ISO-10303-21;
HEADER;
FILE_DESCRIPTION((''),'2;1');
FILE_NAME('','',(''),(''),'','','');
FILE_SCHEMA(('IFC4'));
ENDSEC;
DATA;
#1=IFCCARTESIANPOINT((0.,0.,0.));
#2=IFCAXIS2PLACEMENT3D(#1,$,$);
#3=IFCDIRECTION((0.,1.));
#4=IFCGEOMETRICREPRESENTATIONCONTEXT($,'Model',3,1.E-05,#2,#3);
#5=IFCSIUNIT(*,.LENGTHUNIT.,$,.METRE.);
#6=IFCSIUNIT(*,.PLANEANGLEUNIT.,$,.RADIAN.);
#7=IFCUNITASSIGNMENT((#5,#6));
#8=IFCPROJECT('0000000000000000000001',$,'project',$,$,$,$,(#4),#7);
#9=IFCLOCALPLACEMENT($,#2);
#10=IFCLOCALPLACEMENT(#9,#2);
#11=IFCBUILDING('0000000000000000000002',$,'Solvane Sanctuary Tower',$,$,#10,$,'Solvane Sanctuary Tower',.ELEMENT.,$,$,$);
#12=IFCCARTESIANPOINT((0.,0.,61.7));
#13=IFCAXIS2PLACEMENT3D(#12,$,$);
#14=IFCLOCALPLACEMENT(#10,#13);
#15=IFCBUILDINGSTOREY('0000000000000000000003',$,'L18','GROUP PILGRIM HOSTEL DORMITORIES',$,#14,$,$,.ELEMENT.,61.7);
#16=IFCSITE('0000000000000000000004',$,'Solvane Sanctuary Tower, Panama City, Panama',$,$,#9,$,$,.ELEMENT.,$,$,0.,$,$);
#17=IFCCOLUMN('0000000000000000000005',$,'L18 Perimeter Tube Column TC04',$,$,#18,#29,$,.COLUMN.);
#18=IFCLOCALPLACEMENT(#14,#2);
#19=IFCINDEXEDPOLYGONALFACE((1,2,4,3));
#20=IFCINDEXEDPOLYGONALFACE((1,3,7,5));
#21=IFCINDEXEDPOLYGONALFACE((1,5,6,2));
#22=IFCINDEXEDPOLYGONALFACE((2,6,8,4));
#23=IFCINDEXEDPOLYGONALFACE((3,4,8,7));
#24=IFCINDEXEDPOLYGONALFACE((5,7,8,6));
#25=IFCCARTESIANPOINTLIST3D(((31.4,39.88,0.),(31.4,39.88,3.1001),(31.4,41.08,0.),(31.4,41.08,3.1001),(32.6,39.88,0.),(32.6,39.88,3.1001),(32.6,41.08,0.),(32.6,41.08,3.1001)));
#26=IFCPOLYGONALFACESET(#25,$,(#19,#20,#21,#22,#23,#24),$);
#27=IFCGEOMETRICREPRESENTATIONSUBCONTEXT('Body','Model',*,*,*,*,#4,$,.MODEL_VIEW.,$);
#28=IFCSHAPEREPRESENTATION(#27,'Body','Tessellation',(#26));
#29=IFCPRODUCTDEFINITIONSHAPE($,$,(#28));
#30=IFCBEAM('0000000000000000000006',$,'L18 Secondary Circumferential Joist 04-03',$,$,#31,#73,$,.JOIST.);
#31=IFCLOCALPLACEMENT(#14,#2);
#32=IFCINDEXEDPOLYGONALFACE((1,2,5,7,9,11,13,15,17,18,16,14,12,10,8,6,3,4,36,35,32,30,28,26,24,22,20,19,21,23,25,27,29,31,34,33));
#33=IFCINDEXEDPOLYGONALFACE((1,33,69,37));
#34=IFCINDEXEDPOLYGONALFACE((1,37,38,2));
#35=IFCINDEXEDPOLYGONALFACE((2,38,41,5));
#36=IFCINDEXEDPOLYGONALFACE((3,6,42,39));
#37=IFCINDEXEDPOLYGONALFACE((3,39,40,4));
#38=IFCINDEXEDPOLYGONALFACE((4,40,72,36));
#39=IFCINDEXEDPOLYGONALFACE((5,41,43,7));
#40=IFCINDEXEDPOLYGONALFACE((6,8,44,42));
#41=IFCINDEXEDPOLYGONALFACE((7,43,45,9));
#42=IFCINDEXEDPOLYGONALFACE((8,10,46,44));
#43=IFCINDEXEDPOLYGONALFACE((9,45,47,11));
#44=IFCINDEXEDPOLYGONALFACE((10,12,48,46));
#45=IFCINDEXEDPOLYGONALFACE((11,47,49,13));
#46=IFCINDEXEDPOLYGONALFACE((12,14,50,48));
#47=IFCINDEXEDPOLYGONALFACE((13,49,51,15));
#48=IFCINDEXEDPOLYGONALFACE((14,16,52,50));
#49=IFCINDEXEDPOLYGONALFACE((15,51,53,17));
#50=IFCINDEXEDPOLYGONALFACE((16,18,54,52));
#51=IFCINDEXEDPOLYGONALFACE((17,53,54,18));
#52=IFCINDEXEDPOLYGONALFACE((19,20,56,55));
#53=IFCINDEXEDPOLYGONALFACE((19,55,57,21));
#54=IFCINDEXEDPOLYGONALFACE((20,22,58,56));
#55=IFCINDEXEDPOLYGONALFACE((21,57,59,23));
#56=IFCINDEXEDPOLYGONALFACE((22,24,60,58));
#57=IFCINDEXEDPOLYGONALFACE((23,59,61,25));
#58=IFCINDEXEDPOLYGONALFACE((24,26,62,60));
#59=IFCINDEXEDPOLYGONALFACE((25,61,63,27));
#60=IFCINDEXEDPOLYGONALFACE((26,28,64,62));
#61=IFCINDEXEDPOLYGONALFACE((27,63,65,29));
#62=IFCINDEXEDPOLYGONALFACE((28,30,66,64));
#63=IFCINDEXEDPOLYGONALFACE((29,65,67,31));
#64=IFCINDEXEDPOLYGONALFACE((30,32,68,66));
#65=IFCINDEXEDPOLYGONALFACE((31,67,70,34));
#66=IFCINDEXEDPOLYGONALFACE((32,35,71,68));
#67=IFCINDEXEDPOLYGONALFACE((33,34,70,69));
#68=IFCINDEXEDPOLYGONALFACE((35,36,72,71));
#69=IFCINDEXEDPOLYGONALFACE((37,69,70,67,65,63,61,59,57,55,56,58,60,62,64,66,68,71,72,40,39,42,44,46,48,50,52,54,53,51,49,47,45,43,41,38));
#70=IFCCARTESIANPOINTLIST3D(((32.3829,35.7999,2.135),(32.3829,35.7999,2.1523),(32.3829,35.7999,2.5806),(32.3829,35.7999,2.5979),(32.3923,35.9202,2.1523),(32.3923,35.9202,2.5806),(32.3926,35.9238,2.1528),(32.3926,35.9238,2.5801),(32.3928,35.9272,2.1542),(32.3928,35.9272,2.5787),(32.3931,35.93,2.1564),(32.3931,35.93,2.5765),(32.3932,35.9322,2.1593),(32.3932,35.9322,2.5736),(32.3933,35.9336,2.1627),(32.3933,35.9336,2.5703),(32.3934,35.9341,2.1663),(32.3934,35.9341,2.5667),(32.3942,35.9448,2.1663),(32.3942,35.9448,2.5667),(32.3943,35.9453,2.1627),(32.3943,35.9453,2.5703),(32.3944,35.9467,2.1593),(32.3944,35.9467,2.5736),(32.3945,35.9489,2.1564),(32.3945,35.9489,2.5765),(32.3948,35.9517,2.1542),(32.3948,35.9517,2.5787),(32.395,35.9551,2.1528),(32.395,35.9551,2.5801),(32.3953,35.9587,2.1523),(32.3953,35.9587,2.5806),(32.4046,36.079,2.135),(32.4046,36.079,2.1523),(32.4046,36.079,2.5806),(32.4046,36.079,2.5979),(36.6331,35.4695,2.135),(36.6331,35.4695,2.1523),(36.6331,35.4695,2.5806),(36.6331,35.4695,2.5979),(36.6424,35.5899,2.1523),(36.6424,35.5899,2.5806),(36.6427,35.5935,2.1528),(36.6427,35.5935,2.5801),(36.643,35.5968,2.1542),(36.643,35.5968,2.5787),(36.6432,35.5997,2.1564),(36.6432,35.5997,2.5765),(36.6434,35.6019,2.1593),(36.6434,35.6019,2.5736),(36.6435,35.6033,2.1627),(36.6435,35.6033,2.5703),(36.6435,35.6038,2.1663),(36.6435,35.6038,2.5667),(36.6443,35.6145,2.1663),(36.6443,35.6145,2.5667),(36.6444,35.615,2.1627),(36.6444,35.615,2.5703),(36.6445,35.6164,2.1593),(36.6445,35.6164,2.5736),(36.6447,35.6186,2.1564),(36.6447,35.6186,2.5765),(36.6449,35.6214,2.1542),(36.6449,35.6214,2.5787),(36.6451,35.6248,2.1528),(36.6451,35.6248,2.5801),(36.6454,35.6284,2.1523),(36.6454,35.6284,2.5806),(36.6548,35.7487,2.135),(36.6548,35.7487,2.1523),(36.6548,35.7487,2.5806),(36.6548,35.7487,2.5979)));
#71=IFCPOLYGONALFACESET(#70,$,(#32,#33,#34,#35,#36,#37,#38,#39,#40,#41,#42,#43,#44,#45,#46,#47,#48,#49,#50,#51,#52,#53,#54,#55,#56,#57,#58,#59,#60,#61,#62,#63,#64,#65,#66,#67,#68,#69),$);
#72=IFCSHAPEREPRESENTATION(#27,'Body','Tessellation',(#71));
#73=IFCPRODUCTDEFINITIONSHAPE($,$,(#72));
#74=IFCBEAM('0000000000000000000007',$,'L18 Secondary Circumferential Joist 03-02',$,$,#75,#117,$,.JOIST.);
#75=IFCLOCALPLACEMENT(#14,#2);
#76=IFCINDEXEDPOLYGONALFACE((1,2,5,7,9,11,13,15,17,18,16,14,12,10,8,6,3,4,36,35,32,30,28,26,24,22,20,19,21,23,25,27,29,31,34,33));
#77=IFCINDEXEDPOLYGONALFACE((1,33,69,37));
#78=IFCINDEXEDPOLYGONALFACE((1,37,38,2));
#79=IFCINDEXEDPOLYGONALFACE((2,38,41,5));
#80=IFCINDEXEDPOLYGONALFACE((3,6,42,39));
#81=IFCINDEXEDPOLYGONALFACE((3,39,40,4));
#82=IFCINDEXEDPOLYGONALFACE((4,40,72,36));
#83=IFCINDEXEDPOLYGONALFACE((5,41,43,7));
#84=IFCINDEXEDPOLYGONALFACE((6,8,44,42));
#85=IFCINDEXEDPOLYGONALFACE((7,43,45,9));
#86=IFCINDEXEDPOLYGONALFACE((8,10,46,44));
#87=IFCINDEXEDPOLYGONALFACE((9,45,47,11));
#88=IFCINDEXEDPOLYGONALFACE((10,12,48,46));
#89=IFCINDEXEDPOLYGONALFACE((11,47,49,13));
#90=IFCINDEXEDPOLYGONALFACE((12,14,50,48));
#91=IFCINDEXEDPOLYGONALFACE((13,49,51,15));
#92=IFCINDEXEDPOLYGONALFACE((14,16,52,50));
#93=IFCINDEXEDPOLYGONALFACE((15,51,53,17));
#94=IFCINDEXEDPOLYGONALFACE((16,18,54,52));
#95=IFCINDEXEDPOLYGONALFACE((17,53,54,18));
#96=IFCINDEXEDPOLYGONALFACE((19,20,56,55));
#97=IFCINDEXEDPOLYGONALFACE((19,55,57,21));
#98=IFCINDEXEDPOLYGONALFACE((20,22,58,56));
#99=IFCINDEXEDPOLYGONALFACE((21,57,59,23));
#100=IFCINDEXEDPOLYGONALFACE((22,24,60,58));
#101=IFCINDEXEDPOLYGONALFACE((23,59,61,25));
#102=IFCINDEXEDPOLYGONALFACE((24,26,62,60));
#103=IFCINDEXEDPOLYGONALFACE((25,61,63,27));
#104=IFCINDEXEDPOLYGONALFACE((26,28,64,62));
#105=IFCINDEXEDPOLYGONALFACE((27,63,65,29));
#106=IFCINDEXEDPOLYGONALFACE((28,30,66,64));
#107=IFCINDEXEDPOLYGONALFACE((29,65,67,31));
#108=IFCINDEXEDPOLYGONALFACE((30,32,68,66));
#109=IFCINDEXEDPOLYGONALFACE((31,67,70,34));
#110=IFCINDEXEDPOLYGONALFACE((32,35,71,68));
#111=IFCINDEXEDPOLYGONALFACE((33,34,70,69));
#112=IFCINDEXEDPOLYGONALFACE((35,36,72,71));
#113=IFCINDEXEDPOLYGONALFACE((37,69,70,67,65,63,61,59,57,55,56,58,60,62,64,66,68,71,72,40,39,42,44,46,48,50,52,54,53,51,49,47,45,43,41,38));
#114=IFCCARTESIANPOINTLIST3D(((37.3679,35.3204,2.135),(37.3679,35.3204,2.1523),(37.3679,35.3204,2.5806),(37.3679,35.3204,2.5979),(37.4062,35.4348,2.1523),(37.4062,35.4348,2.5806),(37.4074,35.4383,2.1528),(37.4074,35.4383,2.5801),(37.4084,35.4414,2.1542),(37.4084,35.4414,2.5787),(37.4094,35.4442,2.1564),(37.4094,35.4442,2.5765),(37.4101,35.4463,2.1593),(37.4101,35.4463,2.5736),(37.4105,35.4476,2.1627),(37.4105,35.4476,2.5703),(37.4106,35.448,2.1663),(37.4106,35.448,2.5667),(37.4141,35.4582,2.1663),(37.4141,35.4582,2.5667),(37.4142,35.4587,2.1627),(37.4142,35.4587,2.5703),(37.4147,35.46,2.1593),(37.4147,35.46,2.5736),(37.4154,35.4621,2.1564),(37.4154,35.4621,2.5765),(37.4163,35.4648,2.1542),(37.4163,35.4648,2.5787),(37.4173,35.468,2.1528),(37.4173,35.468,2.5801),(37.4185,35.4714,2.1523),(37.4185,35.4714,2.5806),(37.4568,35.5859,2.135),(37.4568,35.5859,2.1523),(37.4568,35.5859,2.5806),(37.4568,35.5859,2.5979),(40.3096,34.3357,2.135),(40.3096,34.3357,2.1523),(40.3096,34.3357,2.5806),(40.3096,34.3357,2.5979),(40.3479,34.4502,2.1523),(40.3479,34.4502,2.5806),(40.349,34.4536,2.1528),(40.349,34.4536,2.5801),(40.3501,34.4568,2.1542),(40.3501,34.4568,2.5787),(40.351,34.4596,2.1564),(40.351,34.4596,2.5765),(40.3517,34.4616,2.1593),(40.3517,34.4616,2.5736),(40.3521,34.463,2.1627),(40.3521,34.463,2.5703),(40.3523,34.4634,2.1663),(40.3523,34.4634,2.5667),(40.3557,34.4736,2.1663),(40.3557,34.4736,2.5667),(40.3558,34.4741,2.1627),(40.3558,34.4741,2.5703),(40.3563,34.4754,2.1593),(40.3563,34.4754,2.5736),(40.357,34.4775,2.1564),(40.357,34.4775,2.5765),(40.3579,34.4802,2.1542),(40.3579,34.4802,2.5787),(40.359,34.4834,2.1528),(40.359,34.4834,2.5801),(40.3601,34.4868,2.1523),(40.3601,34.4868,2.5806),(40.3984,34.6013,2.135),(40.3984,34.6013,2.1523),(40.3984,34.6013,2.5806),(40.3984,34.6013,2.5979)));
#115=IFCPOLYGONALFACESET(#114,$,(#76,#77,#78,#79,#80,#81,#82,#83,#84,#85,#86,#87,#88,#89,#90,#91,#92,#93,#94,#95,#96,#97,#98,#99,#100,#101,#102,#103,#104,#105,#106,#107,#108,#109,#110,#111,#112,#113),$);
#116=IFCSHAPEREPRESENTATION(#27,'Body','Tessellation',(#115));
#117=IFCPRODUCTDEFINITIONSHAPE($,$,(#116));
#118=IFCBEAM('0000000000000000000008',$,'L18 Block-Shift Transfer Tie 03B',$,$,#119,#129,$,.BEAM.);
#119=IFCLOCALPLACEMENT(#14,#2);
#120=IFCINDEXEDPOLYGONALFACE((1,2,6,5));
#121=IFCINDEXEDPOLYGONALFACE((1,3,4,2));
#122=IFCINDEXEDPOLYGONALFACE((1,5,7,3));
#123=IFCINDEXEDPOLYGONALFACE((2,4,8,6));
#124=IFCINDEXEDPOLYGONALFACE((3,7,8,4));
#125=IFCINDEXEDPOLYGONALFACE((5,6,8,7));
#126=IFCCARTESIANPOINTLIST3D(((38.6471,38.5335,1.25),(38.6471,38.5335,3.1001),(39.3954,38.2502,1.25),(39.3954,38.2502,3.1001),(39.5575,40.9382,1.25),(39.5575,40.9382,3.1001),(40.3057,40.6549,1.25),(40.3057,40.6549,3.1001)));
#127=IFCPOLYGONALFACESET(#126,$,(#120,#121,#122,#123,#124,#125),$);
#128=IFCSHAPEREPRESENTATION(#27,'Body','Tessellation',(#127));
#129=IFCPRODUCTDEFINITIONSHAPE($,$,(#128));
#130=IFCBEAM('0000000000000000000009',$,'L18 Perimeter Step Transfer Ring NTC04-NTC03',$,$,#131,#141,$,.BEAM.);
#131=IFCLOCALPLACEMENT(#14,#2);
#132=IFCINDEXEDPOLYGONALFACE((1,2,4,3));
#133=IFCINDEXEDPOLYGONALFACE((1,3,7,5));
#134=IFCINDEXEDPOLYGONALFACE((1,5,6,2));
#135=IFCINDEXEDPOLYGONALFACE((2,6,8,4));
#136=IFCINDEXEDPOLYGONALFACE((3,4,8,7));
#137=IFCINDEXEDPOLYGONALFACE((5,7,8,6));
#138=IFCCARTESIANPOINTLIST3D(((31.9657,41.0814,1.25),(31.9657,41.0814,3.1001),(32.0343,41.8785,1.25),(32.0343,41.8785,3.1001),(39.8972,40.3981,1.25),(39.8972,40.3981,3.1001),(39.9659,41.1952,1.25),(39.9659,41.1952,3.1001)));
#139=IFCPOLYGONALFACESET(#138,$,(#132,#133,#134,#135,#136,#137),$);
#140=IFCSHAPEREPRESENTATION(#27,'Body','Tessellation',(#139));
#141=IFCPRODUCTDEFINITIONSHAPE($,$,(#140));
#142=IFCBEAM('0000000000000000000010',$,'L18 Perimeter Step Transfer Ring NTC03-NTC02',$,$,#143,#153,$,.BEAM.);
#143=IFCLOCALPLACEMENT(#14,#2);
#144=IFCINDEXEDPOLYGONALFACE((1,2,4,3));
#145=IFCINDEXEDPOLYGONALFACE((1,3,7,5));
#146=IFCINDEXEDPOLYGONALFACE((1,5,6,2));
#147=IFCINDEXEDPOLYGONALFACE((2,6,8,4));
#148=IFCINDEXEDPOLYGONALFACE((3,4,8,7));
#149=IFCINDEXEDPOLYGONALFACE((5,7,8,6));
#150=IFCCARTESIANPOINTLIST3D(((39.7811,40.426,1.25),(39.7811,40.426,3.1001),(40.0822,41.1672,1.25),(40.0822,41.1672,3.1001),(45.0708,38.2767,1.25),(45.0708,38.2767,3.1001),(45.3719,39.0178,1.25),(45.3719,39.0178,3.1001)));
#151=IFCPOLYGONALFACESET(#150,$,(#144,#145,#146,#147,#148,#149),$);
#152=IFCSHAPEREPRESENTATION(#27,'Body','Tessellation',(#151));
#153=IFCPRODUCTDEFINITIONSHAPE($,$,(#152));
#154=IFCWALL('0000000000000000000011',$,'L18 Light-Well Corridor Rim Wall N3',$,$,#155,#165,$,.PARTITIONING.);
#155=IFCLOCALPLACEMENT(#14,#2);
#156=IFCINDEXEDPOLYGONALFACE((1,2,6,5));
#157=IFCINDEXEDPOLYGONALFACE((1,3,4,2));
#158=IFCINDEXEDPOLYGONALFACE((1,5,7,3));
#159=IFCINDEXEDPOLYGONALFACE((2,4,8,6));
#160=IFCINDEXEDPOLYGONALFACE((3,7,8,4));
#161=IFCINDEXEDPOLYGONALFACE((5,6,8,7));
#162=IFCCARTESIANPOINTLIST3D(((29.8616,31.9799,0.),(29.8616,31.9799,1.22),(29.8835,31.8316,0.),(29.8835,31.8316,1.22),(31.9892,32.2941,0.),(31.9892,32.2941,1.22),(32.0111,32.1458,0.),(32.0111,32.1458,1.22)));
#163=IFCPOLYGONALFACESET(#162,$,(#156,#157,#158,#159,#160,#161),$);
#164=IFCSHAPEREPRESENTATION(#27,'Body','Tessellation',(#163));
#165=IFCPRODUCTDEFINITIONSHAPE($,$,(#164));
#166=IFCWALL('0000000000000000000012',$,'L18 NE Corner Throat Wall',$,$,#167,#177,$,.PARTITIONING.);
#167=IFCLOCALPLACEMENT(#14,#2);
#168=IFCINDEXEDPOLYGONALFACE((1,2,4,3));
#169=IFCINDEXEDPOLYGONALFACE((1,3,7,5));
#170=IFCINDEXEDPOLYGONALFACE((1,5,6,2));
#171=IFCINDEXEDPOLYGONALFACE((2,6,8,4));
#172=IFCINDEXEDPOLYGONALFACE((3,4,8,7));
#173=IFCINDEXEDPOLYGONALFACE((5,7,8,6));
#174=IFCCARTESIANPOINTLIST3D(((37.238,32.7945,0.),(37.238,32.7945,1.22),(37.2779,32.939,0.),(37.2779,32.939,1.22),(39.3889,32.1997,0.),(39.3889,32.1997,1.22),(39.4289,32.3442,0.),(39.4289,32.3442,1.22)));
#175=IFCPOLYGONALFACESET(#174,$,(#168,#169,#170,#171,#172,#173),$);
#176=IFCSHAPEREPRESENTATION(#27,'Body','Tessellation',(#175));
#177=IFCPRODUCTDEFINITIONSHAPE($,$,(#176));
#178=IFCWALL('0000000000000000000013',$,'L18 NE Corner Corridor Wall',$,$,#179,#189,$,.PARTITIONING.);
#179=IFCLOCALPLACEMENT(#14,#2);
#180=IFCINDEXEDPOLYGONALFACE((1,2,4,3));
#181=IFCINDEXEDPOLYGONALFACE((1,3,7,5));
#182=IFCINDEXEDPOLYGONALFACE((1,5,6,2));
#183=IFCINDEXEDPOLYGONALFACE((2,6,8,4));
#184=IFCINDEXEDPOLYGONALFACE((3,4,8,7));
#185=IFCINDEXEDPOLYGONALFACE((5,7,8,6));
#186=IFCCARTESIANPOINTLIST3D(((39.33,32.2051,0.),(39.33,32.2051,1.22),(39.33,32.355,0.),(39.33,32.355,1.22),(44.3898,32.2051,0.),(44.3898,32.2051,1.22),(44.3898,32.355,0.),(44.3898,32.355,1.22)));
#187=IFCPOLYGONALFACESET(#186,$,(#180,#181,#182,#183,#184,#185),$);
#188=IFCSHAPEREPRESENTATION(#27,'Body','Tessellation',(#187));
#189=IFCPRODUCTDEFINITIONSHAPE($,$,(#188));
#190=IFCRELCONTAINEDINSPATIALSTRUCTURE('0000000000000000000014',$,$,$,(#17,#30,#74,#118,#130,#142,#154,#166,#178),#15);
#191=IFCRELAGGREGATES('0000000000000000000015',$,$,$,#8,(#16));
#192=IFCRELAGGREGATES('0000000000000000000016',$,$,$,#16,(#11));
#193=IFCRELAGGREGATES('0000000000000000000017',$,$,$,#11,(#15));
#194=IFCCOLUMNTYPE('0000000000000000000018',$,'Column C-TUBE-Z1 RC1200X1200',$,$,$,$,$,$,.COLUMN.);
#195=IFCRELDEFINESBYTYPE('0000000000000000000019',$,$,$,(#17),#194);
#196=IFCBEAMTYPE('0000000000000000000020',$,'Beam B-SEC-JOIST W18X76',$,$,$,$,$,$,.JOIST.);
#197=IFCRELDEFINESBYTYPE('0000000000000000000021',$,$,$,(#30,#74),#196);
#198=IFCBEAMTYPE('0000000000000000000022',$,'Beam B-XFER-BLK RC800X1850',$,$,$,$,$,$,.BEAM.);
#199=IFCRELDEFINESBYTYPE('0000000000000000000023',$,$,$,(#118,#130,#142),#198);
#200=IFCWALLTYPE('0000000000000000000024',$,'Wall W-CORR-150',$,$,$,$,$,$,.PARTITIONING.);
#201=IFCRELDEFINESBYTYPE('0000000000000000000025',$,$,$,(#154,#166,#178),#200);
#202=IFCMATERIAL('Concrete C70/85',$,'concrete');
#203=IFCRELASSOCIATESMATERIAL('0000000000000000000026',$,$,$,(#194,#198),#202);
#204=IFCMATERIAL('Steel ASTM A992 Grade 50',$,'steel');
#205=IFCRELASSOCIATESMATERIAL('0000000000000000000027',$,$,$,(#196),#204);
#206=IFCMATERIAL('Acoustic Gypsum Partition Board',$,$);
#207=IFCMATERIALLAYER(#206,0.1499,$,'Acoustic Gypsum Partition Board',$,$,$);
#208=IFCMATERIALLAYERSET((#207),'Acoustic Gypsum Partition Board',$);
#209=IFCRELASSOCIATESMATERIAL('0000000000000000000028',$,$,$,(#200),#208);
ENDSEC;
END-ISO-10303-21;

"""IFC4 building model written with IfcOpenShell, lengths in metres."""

from ifc_helpers import new_model, si_unit, direction, frame, frame_2d, origin, origin_2d, place, context, subcontext, project, spatial, rectangle, i_section, extrude, material, layer, layer_set, material_profile, profile_set, type_object, element, save


model = new_model("IFC4")

# Units and contexts
model_context = context("Model", 3, precision=1e-05, world=origin(), true_north=direction((0.0, 1.0)))
body_context = subcontext(model_context, "Body", "Model", "MODEL_VIEW")
ifc_project = project(units=[si_unit("LENGTHUNIT", "METRE"), si_unit("PLANEANGLEUNIT", "RADIAN")], contexts=[model_context])

# Site, building, storey
site_placement = place(None, origin())
site = spatial("IfcSite", under=ifc_project, at=site_placement, Name="Solvane Sanctuary Tower, Panama City, Panama", CompositionType="ELEMENT", RefElevation=0.0)
building_placement = place(site_placement, origin())
building = spatial("IfcBuilding", under=site, at=building_placement, Name="Solvane Sanctuary Tower", LongName="Solvane Sanctuary Tower", CompositionType="ELEMENT")
storey_placement = place(building_placement, frame((0.0, 0.0, 61.7)))
storey = spatial("IfcBuildingStorey", under=building, at=storey_placement, Name="L18", Description="GROUP PILGRIM HOSTEL DORMITORIES", CompositionType="ELEMENT", Elevation=61.7)

# Column
ifc_material_1 = material(Name="Concrete C70/85", Category="concrete")
ifc_material_profile_1 = material_profile(ifc_material_1, rectangle(XDim=1.2, YDim=1.2, at=origin_2d()), Name="RC1200X1200")
ifc_profile_set_1 = profile_set([ifc_material_profile_1], Name="Concrete C70/85")
column_type = type_object("IfcColumnType", Name="Column C-TUBE-Z1 RC1200X1200", PredefinedType="COLUMN", material=ifc_profile_set_1)
column_placement = place(storey_placement, frame((32.0, 40.48, 0.0), z_axis=(0.0, 0.0, 1.0), x_axis=(0.0, 1.0, 0.0)))
element("IfcColumn", 1, at=column_placement, inside=storey, type_object=column_type, Name="L18 Perimeter Tube Column TC04", PredefinedType="COLUMN", context=body_context, shape_type="SweptSolid", body=[
    extrude(rectangle(XDim=1.2, YDim=1.2, at=origin_2d()), origin(), (0.0, 0.0, 1.0), 3.1001),
])

# Beams
ifc_material_2 = material(Name="Steel ASTM A992 Grade 50", Category="steel")
ifc_material_profile_2 = material_profile(ifc_material_2, i_section(OverallWidth=0.28, OverallDepth=0.4629, WebThickness=0.0107, FlangeThickness=0.0173, FilletRadius=0.0139, at=origin_2d()), Name="W18X76")
ifc_profile_set_2 = profile_set([ifc_material_profile_2], Name="Steel ASTM A992 Grade 50")
beam_type_1 = type_object("IfcBeamType", Name="Beam B-SEC-JOIST W18X76", PredefinedType="JOIST", material=ifc_profile_set_2)
beam_1_placement = place(storey_placement, frame((32.3938, 35.9395, 2.3665), z_axis=(0.996994, -0.077485, 0.0), x_axis=(0.077485, 0.996994, 0.0)))
element("IfcBeam", 2, at=beam_1_placement, inside=storey, type_object=beam_type_1, Name="L18 Secondary Circumferential Joist 04-03", PredefinedType="JOIST", context=body_context, shape_type="SweptSolid", body=[
    extrude(i_section(OverallWidth=0.28, OverallDepth=0.4629, WebThickness=0.0107, FlangeThickness=0.0173, FilletRadius=0.0139, at=origin_2d()), origin(), (0.0, 0.0, 1.0), 4.2629),
])
beam_2_placement = place(storey_placement, frame((37.4124, 35.4531, 2.3665), z_axis=(0.948289, -0.317408, 0.0), x_axis=(0.317408, 0.948289, 0.0)))
element("IfcBeam", 3, at=beam_2_placement, inside=storey, type_object=beam_type_1, Name="L18 Secondary Circumferential Joist 03-02", PredefinedType="JOIST", context=body_context, shape_type="SweptSolid", body=[
    extrude(i_section(OverallWidth=0.28, OverallDepth=0.4629, WebThickness=0.0107, FlangeThickness=0.0173, FilletRadius=0.0139, at=origin_2d()), origin(), (0.0, 0.0, 1.0), 3.1021),
])
ifc_material_profile_3 = material_profile(ifc_material_1, rectangle(XDim=0.8, YDim=1.8501, at=origin_2d()), Name="RC800X1850")
ifc_profile_set_3 = profile_set([ifc_material_profile_3], Name="Concrete C70/85")
beam_type_2 = type_object("IfcBeamType", Name="Beam B-XFER-BLK RC800X1850", PredefinedType="BEAM", material=ifc_profile_set_3)
beam_3_placement = place(storey_placement, frame((39.0212, 38.3918, 2.175), z_axis=(0.354056, 0.935224, 0.0), x_axis=(-0.935224, 0.354056, 0.0)))
element("IfcBeam", 4, at=beam_3_placement, inside=storey, type_object=beam_type_2, Name="L18 Block-Shift Transfer Tie 03B", PredefinedType="BEAM", context=body_context, shape_type="SweptSolid", body=[
    extrude(rectangle(XDim=0.8, YDim=1.8501, at=origin_2d()), origin(), (0.0, 0.0, 1.0), 2.5713),
])
beam_4_placement = place(storey_placement, frame((32.0, 41.48, 2.175), z_axis=(0.996309, -0.085837, 0.0), x_axis=(0.085837, 0.996309, 0.0)))
element("IfcBeam", 5, at=beam_4_placement, inside=storey, type_object=beam_type_2, Name="L18 Perimeter Step Transfer Ring NTC04-NTC03", PredefinedType="BEAM", context=body_context, shape_type="SweptSolid", body=[
    extrude(rectangle(XDim=0.8, YDim=1.8501, at=origin_2d()), origin(), (0.0, 0.0, 1.0), 7.9609),
])
beam_5_placement = place(storey_placement, frame((39.9316, 40.7966, 2.175), z_axis=(0.92644, -0.376442, 0.0), x_axis=(0.376442, 0.92644, 0.0)))
element("IfcBeam", 6, at=beam_5_placement, inside=storey, type_object=beam_type_2, Name="L18 Perimeter Step Transfer Ring NTC03-NTC02", PredefinedType="BEAM", context=body_context, shape_type="SweptSolid", body=[
    extrude(rectangle(XDim=0.8, YDim=1.8501, at=origin_2d()), origin(), (0.0, 0.0, 1.0), 5.7097),
])

# Walls
ifc_material_3 = material(Name="Acoustic Gypsum Partition Board")
ifc_layer_1 = layer(ifc_material_3, 0.1499, Name="Acoustic Gypsum Partition Board")
ifc_layer_set_1 = layer_set([ifc_layer_1], Name="Acoustic Gypsum Partition Board")
wall_type_1 = type_object("IfcWallType", Name="Wall W-CORR-150", PredefinedType="PARTITIONING", material=ifc_layer_set_1)
wall_1_placement = place(storey_placement, frame((32.0, 32.22, 0.0), z_axis=(0.0, 0.0, 1.0), x_axis=(-0.989269, -0.146108, 0.0)))
element("IfcWall", 7, at=wall_1_placement, inside=storey, type_object=wall_type_1, Name="L18 Light-Well Corridor Rim Wall N3", PredefinedType="PARTITIONING", context=body_context, shape_type="SweptSolid", body=[
    extrude(rectangle(XDim=2.1506, YDim=0.1499, at=frame_2d((1.0752, 0.0))), origin(), (0.0, 0.0, 1.0), 1.22),
])
wall_2_placement = place(storey_placement, frame((37.2581, 32.8667, 0.0), z_axis=(0.0, 0.0, 1.0), x_axis=(0.963834, -0.266504, 0.0)))
element("IfcWall", 8, at=wall_2_placement, inside=storey, type_object=wall_type_1, Name="L18 NE Corner Throat Wall", PredefinedType="PARTITIONING", context=body_context, shape_type="SweptSolid", body=[
    extrude(rectangle(XDim=2.2317, YDim=0.1499, at=frame_2d((1.1157, 0.0))), origin(), (0.0, 0.0, 1.0), 1.22),
])
wall_3_placement = place(storey_placement, frame((39.3301, 32.28, 0.0), z_axis=(0.0, 0.0, 1.0), x_axis=(1.0, 0.0, 0.0)))
element("IfcWall", 9, at=wall_3_placement, inside=storey, type_object=wall_type_1, Name="L18 NE Corner Corridor Wall", PredefinedType="PARTITIONING", context=body_context, shape_type="SweptSolid", body=[
    extrude(rectangle(XDim=5.0598, YDim=0.1499, at=frame_2d((2.5298, 0.0))), origin(), (0.0, 0.0, 1.0), 1.22),
])

save(model, "model.ifc")
